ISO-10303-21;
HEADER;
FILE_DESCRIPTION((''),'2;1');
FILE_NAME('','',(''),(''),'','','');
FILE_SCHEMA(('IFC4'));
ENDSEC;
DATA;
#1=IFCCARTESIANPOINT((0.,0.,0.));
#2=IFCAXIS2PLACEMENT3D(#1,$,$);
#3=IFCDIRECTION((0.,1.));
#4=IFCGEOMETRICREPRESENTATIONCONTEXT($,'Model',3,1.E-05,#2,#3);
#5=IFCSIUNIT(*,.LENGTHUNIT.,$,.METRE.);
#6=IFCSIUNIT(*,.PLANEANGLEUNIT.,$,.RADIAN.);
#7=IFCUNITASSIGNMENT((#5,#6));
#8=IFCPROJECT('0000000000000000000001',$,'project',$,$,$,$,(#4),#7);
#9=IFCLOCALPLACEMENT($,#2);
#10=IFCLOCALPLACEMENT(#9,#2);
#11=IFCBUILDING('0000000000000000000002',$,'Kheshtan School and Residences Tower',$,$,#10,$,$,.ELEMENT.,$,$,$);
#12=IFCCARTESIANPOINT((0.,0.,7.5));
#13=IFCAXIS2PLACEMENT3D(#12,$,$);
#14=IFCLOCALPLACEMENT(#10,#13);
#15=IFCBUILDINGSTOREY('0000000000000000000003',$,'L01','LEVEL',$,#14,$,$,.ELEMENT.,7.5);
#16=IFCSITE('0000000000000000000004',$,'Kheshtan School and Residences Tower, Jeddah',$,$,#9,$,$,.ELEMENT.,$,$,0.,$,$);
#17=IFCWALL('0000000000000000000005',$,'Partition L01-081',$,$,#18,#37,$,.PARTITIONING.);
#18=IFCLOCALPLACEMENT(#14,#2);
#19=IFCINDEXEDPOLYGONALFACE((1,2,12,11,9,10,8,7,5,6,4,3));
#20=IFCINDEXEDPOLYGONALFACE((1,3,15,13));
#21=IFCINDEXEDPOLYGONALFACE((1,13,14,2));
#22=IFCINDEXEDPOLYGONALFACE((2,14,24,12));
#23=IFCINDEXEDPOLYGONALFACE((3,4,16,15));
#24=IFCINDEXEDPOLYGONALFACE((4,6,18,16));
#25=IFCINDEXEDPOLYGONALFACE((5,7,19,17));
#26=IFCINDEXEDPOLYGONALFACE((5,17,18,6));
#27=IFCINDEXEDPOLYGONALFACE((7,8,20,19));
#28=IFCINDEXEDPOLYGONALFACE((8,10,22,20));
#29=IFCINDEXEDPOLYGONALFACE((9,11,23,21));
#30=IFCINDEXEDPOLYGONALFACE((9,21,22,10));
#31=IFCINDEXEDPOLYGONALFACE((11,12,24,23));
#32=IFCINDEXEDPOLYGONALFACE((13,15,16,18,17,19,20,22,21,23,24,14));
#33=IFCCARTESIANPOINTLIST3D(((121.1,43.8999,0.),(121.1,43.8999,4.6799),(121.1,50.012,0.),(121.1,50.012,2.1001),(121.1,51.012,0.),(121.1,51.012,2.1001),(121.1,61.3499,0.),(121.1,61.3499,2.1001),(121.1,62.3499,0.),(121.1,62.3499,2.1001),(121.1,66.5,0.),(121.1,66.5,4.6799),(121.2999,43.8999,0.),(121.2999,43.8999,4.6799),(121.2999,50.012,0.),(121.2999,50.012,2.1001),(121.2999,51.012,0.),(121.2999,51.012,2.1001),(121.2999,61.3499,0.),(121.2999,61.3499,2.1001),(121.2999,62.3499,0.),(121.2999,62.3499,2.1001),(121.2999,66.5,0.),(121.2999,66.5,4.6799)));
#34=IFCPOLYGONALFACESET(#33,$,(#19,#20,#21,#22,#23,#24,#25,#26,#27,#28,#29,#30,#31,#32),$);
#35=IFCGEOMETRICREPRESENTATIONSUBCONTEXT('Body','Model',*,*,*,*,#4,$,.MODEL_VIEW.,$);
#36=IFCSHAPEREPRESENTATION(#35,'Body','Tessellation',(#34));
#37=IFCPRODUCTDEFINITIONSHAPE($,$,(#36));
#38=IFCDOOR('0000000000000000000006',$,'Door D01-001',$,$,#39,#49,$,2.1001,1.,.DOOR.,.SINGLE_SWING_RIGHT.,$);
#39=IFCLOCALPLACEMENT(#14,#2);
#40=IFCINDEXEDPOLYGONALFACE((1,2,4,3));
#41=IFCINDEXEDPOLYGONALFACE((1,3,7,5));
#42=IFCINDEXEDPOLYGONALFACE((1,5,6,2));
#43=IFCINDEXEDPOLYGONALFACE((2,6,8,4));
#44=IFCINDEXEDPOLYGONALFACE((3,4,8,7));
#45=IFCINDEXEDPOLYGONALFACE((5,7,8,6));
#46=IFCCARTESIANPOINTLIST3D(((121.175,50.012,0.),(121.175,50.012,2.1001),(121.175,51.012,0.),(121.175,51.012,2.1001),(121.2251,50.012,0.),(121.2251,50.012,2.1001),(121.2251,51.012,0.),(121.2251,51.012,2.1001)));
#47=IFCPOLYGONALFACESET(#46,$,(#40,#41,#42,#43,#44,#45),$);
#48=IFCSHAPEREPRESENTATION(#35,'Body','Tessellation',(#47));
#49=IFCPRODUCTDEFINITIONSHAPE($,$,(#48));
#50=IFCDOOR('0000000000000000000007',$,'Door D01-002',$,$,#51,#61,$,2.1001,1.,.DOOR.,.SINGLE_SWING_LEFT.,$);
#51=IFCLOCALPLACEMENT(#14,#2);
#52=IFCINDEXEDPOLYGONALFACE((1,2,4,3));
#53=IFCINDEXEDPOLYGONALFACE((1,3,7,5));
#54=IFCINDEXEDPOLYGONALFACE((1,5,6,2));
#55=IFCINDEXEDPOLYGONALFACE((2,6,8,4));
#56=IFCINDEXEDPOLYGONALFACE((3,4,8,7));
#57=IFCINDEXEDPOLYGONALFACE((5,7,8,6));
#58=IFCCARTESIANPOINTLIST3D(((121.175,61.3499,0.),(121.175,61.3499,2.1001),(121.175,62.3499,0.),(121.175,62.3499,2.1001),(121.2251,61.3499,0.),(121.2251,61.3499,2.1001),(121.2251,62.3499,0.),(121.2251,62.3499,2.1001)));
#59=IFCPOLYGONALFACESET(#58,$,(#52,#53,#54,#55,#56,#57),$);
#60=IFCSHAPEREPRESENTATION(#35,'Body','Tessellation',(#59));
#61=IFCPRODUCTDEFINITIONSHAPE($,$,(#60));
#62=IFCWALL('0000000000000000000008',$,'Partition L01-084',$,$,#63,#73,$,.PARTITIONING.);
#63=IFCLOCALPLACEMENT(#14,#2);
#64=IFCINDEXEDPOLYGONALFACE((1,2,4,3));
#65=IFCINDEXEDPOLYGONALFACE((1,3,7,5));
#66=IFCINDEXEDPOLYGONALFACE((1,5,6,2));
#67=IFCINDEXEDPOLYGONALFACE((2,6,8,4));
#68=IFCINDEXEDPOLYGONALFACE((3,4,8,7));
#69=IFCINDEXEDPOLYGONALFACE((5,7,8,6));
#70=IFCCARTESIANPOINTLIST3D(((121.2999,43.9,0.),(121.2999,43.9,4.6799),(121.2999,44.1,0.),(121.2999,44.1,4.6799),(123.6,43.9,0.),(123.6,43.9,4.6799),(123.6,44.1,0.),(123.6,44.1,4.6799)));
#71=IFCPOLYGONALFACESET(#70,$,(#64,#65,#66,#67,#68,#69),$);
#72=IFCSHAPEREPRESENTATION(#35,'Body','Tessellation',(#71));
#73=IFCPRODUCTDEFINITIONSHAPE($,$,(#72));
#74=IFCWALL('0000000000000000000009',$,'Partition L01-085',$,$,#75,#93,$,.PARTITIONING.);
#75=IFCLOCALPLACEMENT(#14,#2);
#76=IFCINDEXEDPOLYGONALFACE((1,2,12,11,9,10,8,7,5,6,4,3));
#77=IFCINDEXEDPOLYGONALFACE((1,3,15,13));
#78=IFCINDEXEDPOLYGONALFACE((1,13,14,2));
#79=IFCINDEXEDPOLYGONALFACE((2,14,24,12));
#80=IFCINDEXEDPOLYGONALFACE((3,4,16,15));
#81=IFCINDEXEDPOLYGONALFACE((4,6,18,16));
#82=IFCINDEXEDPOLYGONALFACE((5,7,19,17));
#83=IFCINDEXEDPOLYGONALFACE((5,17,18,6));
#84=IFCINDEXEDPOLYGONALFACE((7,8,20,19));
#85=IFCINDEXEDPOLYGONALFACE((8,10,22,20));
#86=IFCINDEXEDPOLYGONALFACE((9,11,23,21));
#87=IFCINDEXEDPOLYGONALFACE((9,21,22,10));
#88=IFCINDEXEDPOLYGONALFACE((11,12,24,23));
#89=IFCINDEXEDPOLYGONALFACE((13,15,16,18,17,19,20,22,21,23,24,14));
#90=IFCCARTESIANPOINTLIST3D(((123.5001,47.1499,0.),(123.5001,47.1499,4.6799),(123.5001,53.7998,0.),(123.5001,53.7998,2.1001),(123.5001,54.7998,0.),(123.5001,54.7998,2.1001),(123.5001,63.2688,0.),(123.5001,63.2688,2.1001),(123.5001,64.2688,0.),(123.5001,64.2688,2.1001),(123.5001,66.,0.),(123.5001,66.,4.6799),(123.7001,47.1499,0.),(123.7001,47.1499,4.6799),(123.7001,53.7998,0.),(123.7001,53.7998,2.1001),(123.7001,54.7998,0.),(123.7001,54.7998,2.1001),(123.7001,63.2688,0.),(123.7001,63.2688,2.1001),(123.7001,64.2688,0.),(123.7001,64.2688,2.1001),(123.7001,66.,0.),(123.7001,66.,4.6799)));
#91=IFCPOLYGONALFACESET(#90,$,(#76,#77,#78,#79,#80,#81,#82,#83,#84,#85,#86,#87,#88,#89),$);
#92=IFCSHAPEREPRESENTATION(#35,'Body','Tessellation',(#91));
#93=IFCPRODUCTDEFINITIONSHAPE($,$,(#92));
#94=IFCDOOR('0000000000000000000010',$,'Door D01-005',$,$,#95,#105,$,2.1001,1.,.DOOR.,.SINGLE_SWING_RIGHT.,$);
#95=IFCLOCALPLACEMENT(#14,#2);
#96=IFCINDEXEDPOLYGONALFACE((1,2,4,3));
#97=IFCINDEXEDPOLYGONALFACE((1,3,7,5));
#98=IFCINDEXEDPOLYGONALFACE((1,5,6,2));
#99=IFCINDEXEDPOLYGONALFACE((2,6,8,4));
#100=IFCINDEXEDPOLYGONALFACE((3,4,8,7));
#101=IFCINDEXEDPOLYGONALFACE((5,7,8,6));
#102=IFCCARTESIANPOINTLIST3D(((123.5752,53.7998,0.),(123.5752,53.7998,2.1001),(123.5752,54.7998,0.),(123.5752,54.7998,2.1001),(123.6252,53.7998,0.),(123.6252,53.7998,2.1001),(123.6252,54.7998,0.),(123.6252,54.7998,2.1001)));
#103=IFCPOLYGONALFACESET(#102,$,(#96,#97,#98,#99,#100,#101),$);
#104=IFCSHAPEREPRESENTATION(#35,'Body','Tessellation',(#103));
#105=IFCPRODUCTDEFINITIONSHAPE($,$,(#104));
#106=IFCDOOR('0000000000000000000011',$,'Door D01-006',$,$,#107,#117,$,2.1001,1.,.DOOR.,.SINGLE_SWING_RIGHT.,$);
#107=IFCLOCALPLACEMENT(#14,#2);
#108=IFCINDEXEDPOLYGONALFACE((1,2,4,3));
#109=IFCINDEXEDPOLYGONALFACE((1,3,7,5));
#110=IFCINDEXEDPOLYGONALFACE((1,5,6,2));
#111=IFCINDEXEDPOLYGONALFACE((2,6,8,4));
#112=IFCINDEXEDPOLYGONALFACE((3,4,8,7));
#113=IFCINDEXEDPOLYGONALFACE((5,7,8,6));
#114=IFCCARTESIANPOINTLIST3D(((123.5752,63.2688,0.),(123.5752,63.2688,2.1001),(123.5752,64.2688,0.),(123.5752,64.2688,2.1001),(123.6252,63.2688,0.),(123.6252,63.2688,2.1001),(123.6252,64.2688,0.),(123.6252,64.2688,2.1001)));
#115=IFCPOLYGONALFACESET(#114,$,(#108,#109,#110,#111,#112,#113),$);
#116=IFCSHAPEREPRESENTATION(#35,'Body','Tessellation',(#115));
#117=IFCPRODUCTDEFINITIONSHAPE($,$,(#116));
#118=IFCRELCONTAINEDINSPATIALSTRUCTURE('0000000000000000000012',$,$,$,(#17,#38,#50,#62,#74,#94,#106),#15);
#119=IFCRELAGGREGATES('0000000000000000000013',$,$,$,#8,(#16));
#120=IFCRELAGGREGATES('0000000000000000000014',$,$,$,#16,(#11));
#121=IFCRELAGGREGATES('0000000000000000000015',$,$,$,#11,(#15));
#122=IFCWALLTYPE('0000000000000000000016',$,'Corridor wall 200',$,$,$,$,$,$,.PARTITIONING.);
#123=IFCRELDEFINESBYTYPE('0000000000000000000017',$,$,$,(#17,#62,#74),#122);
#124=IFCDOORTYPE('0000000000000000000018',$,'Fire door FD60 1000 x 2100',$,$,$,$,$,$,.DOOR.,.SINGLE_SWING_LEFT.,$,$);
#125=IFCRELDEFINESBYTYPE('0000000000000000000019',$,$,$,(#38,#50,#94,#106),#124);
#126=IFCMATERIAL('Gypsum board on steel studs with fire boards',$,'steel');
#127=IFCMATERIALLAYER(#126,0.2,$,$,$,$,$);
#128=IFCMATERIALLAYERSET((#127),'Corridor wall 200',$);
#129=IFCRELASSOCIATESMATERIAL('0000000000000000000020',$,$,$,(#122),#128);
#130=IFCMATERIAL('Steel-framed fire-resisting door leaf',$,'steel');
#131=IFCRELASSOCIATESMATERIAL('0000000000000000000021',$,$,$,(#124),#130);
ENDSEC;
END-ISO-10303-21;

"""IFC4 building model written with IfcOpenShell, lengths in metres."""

from ifc_helpers import new_model, si_unit, direction, frame, frame_2d, origin, place, context, subcontext, project, spatial, rectangle, extrude, source, transform, mapped, material, layer, layer_set, type_object, element, fill, save


model = new_model("IFC4")

# Units and contexts
model_context = context("Model", 3, precision=1e-05, world=origin(), true_north=direction((0.0, 1.0)))
body_context = subcontext(model_context, "Body", "Model", "MODEL_VIEW")
ifc_project = project(units=[si_unit("LENGTHUNIT", "METRE"), si_unit("PLANEANGLEUNIT", "RADIAN")], contexts=[model_context])

# Site, building, storey
site_placement = place(None, origin())
site = spatial("IfcSite", under=ifc_project, at=site_placement, Name="Kheshtan School and Residences Tower, Jeddah", CompositionType="ELEMENT", RefElevation=0.0)
building_placement = place(site_placement, origin())
building = spatial("IfcBuilding", under=site, at=building_placement, Name="Kheshtan School and Residences Tower", CompositionType="ELEMENT")
storey_placement = place(building_placement, frame((0.0, 0.0, 7.5)))
storey = spatial("IfcBuildingStorey", under=building, at=storey_placement, Name="L01", Description="LEVEL", CompositionType="ELEMENT", Elevation=7.5)

# Wall, openings, doors
ifc_material_1 = material(Name="Gypsum board on steel studs with fire boards", Category="steel")
ifc_layer_1 = layer(ifc_material_1, 0.2)
ifc_layer_set_1 = layer_set([ifc_layer_1], Name="Corridor wall 200")
wall_type_1 = type_object("IfcWallType", Name="Corridor wall 200", PredefinedType="PARTITIONING", material=ifc_layer_set_1)
wall_1_placement = place(storey_placement, frame((121.2, 43.8999, 0.0), z_axis=(0.0, 0.0, 1.0), x_axis=(0.0, 1.0, 0.0)))
wall_1 = element("IfcWall", 1, at=wall_1_placement, inside=storey, type_object=wall_type_1, Name="Partition L01-081", PredefinedType="PARTITIONING", context=body_context, shape_type="SweptSolid", body=[
    extrude(rectangle(XDim=22.6001, YDim=0.2, at=frame_2d((11.3, 0.0))), origin(), (0.0, 0.0, 1.0), 4.6799),
])
opening_1_placement = place(wall_1_placement, frame((6.1121, 0.0, 0.0)))
opening_1 = element("IfcOpeningElement", 2, at=opening_1_placement, cuts=wall_1, PredefinedType="OPENING", context=body_context, shape_type="SweptSolid", body=[
    extrude(rectangle(XDim=1.0, YDim=2.1001, at=frame_2d((0.5, 1.05))), frame((0.0, 0.1099, 0.0), z_axis=(0.0, -1.0, 0.0), x_axis=(1.0, 0.0, 0.0)), (0.0, 0.0, 1.0), 0.22),
])
opening_2_placement = place(wall_1_placement, frame((17.45, 0.0, 0.0)))
opening_2 = element("IfcOpeningElement", 3, at=opening_2_placement, cuts=wall_1, PredefinedType="OPENING", context=body_context, shape_type="SweptSolid", body=[
    extrude(rectangle(XDim=1.0, YDim=2.1001, at=frame_2d((0.5, 1.05))), frame((0.0, 0.1099, 0.0), z_axis=(0.0, -1.0, 0.0), x_axis=(1.0, 0.0, 0.0)), (0.0, 0.0, 1.0), 0.22),
])
ifc_material_2 = material(Name="Steel-framed fire-resisting door leaf", Category="steel")
door_type_1 = type_object("IfcDoorType", Name="Fire door FD60 1000 x 2100", OperationType="SINGLE_SWING_LEFT", PredefinedType="DOOR", material=ifc_material_2)
shared_shape_1 = source(origin(), body_context, "Body", "SweptSolid", [
    extrude(rectangle(XDim=1.0, YDim=2.1001, at=frame_2d((0.5, 1.05))), frame((0.0, 0.0249, 0.0), z_axis=(0.0, -1.0, 0.0), x_axis=(1.0, 0.0, 0.0)), (0.0, 0.0, 1.0), 0.05),
])
door_1_placement = place(opening_1_placement, origin())
door_1 = element("IfcDoor", 4, at=door_1_placement, inside=storey, type_object=door_type_1, Name="Door D01-001", OperationType="SINGLE_SWING_RIGHT", OverallHeight=2.1001, OverallWidth=1.0, PredefinedType="DOOR", context=body_context, shape_type="MappedRepresentation", body=[
    mapped(shared_shape_1, transform((0.0, 0.0, 0.0), x_axis=(1.0, 0.0, 0.0), y_axis=(0.0, 1.0, 0.0), z_axis=(0.0, 0.0, 1.0), scale=1.0)),
])
fill(opening_1, door_1)
door_2_placement = place(opening_2_placement, origin())
door_2 = element("IfcDoor", 5, at=door_2_placement, inside=storey, type_object=door_type_1, Name="Door D01-002", OperationType="SINGLE_SWING_LEFT", OverallHeight=2.1001, OverallWidth=1.0, PredefinedType="DOOR", context=body_context, shape_type="MappedRepresentation", body=[
    mapped(shared_shape_1, transform((0.0, 0.0, 0.0), x_axis=(1.0, 0.0, 0.0), y_axis=(0.0, 1.0, 0.0), z_axis=(0.0, 0.0, 1.0), scale=1.0)),
])
fill(opening_2, door_2)

# Wall
wall_2_placement = place(storey_placement, frame((121.3, 44.0, 0.0), z_axis=(0.0, 0.0, 1.0), x_axis=(1.0, 0.0, 0.0)))
element("IfcWall", 6, at=wall_2_placement, inside=storey, type_object=wall_type_1, Name="Partition L01-084", PredefinedType="PARTITIONING", context=body_context, shape_type="SweptSolid", body=[
    extrude(rectangle(XDim=2.3, YDim=0.2, at=frame_2d((1.1499, 0.0))), origin(), (0.0, 0.0, 1.0), 4.6799),
])

# Wall, openings, doors
wall_3_placement = place(storey_placement, frame((123.6001, 47.1499, 0.0), z_axis=(0.0, 0.0, 1.0), x_axis=(0.0, 1.0, 0.0)))
wall_3 = element("IfcWall", 7, at=wall_3_placement, inside=storey, type_object=wall_type_1, Name="Partition L01-085", PredefinedType="PARTITIONING", context=body_context, shape_type="SweptSolid", body=[
    extrude(rectangle(XDim=18.8501, YDim=0.2, at=frame_2d((9.425, 0.0))), origin(), (0.0, 0.0, 1.0), 4.6799),
])
opening_3_placement = place(wall_3_placement, frame((6.6499, 0.0, 0.0)))
opening_3 = element("IfcOpeningElement", 8, at=opening_3_placement, cuts=wall_3, PredefinedType="OPENING", context=body_context, shape_type="SweptSolid", body=[
    extrude(rectangle(XDim=1.0, YDim=2.1001, at=frame_2d((0.5, 1.05))), frame((0.0, 0.1099, 0.0), z_axis=(0.0, -1.0, 0.0), x_axis=(1.0, 0.0, 0.0)), (0.0, 0.0, 1.0), 0.22),
])
opening_4_placement = place(wall_3_placement, frame((16.1189, 0.0, 0.0)))
opening_4 = element("IfcOpeningElement", 9, at=opening_4_placement, cuts=wall_3, PredefinedType="OPENING", context=body_context, shape_type="SweptSolid", body=[
    extrude(rectangle(XDim=1.0, YDim=2.1001, at=frame_2d((0.5, 1.05))), frame((0.0, 0.1099, 0.0), z_axis=(0.0, -1.0, 0.0), x_axis=(1.0, 0.0, 0.0)), (0.0, 0.0, 1.0), 0.22),
])
door_3_placement = place(opening_3_placement, origin())
door_3 = element("IfcDoor", 10, at=door_3_placement, inside=storey, type_object=door_type_1, Name="Door D01-005", OperationType="SINGLE_SWING_RIGHT", OverallHeight=2.1001, OverallWidth=1.0, PredefinedType="DOOR", context=body_context, shape_type="MappedRepresentation", body=[
    mapped(shared_shape_1, transform((0.0, 0.0, 0.0), x_axis=(1.0, 0.0, 0.0), y_axis=(0.0, 1.0, 0.0), z_axis=(0.0, 0.0, 1.0), scale=1.0)),
])
fill(opening_3, door_3)
door_4_placement = place(opening_4_placement, origin())
door_4 = element("IfcDoor", 11, at=door_4_placement, inside=storey, type_object=door_type_1, Name="Door D01-006", OperationType="SINGLE_SWING_RIGHT", OverallHeight=2.1001, OverallWidth=1.0, PredefinedType="DOOR", context=body_context, shape_type="MappedRepresentation", body=[
    mapped(shared_shape_1, transform((0.0, 0.0, 0.0), x_axis=(1.0, 0.0, 0.0), y_axis=(0.0, 1.0, 0.0), z_axis=(0.0, 0.0, 1.0), scale=1.0)),
])
fill(opening_4, door_4)

save(model, "model.ifc")
